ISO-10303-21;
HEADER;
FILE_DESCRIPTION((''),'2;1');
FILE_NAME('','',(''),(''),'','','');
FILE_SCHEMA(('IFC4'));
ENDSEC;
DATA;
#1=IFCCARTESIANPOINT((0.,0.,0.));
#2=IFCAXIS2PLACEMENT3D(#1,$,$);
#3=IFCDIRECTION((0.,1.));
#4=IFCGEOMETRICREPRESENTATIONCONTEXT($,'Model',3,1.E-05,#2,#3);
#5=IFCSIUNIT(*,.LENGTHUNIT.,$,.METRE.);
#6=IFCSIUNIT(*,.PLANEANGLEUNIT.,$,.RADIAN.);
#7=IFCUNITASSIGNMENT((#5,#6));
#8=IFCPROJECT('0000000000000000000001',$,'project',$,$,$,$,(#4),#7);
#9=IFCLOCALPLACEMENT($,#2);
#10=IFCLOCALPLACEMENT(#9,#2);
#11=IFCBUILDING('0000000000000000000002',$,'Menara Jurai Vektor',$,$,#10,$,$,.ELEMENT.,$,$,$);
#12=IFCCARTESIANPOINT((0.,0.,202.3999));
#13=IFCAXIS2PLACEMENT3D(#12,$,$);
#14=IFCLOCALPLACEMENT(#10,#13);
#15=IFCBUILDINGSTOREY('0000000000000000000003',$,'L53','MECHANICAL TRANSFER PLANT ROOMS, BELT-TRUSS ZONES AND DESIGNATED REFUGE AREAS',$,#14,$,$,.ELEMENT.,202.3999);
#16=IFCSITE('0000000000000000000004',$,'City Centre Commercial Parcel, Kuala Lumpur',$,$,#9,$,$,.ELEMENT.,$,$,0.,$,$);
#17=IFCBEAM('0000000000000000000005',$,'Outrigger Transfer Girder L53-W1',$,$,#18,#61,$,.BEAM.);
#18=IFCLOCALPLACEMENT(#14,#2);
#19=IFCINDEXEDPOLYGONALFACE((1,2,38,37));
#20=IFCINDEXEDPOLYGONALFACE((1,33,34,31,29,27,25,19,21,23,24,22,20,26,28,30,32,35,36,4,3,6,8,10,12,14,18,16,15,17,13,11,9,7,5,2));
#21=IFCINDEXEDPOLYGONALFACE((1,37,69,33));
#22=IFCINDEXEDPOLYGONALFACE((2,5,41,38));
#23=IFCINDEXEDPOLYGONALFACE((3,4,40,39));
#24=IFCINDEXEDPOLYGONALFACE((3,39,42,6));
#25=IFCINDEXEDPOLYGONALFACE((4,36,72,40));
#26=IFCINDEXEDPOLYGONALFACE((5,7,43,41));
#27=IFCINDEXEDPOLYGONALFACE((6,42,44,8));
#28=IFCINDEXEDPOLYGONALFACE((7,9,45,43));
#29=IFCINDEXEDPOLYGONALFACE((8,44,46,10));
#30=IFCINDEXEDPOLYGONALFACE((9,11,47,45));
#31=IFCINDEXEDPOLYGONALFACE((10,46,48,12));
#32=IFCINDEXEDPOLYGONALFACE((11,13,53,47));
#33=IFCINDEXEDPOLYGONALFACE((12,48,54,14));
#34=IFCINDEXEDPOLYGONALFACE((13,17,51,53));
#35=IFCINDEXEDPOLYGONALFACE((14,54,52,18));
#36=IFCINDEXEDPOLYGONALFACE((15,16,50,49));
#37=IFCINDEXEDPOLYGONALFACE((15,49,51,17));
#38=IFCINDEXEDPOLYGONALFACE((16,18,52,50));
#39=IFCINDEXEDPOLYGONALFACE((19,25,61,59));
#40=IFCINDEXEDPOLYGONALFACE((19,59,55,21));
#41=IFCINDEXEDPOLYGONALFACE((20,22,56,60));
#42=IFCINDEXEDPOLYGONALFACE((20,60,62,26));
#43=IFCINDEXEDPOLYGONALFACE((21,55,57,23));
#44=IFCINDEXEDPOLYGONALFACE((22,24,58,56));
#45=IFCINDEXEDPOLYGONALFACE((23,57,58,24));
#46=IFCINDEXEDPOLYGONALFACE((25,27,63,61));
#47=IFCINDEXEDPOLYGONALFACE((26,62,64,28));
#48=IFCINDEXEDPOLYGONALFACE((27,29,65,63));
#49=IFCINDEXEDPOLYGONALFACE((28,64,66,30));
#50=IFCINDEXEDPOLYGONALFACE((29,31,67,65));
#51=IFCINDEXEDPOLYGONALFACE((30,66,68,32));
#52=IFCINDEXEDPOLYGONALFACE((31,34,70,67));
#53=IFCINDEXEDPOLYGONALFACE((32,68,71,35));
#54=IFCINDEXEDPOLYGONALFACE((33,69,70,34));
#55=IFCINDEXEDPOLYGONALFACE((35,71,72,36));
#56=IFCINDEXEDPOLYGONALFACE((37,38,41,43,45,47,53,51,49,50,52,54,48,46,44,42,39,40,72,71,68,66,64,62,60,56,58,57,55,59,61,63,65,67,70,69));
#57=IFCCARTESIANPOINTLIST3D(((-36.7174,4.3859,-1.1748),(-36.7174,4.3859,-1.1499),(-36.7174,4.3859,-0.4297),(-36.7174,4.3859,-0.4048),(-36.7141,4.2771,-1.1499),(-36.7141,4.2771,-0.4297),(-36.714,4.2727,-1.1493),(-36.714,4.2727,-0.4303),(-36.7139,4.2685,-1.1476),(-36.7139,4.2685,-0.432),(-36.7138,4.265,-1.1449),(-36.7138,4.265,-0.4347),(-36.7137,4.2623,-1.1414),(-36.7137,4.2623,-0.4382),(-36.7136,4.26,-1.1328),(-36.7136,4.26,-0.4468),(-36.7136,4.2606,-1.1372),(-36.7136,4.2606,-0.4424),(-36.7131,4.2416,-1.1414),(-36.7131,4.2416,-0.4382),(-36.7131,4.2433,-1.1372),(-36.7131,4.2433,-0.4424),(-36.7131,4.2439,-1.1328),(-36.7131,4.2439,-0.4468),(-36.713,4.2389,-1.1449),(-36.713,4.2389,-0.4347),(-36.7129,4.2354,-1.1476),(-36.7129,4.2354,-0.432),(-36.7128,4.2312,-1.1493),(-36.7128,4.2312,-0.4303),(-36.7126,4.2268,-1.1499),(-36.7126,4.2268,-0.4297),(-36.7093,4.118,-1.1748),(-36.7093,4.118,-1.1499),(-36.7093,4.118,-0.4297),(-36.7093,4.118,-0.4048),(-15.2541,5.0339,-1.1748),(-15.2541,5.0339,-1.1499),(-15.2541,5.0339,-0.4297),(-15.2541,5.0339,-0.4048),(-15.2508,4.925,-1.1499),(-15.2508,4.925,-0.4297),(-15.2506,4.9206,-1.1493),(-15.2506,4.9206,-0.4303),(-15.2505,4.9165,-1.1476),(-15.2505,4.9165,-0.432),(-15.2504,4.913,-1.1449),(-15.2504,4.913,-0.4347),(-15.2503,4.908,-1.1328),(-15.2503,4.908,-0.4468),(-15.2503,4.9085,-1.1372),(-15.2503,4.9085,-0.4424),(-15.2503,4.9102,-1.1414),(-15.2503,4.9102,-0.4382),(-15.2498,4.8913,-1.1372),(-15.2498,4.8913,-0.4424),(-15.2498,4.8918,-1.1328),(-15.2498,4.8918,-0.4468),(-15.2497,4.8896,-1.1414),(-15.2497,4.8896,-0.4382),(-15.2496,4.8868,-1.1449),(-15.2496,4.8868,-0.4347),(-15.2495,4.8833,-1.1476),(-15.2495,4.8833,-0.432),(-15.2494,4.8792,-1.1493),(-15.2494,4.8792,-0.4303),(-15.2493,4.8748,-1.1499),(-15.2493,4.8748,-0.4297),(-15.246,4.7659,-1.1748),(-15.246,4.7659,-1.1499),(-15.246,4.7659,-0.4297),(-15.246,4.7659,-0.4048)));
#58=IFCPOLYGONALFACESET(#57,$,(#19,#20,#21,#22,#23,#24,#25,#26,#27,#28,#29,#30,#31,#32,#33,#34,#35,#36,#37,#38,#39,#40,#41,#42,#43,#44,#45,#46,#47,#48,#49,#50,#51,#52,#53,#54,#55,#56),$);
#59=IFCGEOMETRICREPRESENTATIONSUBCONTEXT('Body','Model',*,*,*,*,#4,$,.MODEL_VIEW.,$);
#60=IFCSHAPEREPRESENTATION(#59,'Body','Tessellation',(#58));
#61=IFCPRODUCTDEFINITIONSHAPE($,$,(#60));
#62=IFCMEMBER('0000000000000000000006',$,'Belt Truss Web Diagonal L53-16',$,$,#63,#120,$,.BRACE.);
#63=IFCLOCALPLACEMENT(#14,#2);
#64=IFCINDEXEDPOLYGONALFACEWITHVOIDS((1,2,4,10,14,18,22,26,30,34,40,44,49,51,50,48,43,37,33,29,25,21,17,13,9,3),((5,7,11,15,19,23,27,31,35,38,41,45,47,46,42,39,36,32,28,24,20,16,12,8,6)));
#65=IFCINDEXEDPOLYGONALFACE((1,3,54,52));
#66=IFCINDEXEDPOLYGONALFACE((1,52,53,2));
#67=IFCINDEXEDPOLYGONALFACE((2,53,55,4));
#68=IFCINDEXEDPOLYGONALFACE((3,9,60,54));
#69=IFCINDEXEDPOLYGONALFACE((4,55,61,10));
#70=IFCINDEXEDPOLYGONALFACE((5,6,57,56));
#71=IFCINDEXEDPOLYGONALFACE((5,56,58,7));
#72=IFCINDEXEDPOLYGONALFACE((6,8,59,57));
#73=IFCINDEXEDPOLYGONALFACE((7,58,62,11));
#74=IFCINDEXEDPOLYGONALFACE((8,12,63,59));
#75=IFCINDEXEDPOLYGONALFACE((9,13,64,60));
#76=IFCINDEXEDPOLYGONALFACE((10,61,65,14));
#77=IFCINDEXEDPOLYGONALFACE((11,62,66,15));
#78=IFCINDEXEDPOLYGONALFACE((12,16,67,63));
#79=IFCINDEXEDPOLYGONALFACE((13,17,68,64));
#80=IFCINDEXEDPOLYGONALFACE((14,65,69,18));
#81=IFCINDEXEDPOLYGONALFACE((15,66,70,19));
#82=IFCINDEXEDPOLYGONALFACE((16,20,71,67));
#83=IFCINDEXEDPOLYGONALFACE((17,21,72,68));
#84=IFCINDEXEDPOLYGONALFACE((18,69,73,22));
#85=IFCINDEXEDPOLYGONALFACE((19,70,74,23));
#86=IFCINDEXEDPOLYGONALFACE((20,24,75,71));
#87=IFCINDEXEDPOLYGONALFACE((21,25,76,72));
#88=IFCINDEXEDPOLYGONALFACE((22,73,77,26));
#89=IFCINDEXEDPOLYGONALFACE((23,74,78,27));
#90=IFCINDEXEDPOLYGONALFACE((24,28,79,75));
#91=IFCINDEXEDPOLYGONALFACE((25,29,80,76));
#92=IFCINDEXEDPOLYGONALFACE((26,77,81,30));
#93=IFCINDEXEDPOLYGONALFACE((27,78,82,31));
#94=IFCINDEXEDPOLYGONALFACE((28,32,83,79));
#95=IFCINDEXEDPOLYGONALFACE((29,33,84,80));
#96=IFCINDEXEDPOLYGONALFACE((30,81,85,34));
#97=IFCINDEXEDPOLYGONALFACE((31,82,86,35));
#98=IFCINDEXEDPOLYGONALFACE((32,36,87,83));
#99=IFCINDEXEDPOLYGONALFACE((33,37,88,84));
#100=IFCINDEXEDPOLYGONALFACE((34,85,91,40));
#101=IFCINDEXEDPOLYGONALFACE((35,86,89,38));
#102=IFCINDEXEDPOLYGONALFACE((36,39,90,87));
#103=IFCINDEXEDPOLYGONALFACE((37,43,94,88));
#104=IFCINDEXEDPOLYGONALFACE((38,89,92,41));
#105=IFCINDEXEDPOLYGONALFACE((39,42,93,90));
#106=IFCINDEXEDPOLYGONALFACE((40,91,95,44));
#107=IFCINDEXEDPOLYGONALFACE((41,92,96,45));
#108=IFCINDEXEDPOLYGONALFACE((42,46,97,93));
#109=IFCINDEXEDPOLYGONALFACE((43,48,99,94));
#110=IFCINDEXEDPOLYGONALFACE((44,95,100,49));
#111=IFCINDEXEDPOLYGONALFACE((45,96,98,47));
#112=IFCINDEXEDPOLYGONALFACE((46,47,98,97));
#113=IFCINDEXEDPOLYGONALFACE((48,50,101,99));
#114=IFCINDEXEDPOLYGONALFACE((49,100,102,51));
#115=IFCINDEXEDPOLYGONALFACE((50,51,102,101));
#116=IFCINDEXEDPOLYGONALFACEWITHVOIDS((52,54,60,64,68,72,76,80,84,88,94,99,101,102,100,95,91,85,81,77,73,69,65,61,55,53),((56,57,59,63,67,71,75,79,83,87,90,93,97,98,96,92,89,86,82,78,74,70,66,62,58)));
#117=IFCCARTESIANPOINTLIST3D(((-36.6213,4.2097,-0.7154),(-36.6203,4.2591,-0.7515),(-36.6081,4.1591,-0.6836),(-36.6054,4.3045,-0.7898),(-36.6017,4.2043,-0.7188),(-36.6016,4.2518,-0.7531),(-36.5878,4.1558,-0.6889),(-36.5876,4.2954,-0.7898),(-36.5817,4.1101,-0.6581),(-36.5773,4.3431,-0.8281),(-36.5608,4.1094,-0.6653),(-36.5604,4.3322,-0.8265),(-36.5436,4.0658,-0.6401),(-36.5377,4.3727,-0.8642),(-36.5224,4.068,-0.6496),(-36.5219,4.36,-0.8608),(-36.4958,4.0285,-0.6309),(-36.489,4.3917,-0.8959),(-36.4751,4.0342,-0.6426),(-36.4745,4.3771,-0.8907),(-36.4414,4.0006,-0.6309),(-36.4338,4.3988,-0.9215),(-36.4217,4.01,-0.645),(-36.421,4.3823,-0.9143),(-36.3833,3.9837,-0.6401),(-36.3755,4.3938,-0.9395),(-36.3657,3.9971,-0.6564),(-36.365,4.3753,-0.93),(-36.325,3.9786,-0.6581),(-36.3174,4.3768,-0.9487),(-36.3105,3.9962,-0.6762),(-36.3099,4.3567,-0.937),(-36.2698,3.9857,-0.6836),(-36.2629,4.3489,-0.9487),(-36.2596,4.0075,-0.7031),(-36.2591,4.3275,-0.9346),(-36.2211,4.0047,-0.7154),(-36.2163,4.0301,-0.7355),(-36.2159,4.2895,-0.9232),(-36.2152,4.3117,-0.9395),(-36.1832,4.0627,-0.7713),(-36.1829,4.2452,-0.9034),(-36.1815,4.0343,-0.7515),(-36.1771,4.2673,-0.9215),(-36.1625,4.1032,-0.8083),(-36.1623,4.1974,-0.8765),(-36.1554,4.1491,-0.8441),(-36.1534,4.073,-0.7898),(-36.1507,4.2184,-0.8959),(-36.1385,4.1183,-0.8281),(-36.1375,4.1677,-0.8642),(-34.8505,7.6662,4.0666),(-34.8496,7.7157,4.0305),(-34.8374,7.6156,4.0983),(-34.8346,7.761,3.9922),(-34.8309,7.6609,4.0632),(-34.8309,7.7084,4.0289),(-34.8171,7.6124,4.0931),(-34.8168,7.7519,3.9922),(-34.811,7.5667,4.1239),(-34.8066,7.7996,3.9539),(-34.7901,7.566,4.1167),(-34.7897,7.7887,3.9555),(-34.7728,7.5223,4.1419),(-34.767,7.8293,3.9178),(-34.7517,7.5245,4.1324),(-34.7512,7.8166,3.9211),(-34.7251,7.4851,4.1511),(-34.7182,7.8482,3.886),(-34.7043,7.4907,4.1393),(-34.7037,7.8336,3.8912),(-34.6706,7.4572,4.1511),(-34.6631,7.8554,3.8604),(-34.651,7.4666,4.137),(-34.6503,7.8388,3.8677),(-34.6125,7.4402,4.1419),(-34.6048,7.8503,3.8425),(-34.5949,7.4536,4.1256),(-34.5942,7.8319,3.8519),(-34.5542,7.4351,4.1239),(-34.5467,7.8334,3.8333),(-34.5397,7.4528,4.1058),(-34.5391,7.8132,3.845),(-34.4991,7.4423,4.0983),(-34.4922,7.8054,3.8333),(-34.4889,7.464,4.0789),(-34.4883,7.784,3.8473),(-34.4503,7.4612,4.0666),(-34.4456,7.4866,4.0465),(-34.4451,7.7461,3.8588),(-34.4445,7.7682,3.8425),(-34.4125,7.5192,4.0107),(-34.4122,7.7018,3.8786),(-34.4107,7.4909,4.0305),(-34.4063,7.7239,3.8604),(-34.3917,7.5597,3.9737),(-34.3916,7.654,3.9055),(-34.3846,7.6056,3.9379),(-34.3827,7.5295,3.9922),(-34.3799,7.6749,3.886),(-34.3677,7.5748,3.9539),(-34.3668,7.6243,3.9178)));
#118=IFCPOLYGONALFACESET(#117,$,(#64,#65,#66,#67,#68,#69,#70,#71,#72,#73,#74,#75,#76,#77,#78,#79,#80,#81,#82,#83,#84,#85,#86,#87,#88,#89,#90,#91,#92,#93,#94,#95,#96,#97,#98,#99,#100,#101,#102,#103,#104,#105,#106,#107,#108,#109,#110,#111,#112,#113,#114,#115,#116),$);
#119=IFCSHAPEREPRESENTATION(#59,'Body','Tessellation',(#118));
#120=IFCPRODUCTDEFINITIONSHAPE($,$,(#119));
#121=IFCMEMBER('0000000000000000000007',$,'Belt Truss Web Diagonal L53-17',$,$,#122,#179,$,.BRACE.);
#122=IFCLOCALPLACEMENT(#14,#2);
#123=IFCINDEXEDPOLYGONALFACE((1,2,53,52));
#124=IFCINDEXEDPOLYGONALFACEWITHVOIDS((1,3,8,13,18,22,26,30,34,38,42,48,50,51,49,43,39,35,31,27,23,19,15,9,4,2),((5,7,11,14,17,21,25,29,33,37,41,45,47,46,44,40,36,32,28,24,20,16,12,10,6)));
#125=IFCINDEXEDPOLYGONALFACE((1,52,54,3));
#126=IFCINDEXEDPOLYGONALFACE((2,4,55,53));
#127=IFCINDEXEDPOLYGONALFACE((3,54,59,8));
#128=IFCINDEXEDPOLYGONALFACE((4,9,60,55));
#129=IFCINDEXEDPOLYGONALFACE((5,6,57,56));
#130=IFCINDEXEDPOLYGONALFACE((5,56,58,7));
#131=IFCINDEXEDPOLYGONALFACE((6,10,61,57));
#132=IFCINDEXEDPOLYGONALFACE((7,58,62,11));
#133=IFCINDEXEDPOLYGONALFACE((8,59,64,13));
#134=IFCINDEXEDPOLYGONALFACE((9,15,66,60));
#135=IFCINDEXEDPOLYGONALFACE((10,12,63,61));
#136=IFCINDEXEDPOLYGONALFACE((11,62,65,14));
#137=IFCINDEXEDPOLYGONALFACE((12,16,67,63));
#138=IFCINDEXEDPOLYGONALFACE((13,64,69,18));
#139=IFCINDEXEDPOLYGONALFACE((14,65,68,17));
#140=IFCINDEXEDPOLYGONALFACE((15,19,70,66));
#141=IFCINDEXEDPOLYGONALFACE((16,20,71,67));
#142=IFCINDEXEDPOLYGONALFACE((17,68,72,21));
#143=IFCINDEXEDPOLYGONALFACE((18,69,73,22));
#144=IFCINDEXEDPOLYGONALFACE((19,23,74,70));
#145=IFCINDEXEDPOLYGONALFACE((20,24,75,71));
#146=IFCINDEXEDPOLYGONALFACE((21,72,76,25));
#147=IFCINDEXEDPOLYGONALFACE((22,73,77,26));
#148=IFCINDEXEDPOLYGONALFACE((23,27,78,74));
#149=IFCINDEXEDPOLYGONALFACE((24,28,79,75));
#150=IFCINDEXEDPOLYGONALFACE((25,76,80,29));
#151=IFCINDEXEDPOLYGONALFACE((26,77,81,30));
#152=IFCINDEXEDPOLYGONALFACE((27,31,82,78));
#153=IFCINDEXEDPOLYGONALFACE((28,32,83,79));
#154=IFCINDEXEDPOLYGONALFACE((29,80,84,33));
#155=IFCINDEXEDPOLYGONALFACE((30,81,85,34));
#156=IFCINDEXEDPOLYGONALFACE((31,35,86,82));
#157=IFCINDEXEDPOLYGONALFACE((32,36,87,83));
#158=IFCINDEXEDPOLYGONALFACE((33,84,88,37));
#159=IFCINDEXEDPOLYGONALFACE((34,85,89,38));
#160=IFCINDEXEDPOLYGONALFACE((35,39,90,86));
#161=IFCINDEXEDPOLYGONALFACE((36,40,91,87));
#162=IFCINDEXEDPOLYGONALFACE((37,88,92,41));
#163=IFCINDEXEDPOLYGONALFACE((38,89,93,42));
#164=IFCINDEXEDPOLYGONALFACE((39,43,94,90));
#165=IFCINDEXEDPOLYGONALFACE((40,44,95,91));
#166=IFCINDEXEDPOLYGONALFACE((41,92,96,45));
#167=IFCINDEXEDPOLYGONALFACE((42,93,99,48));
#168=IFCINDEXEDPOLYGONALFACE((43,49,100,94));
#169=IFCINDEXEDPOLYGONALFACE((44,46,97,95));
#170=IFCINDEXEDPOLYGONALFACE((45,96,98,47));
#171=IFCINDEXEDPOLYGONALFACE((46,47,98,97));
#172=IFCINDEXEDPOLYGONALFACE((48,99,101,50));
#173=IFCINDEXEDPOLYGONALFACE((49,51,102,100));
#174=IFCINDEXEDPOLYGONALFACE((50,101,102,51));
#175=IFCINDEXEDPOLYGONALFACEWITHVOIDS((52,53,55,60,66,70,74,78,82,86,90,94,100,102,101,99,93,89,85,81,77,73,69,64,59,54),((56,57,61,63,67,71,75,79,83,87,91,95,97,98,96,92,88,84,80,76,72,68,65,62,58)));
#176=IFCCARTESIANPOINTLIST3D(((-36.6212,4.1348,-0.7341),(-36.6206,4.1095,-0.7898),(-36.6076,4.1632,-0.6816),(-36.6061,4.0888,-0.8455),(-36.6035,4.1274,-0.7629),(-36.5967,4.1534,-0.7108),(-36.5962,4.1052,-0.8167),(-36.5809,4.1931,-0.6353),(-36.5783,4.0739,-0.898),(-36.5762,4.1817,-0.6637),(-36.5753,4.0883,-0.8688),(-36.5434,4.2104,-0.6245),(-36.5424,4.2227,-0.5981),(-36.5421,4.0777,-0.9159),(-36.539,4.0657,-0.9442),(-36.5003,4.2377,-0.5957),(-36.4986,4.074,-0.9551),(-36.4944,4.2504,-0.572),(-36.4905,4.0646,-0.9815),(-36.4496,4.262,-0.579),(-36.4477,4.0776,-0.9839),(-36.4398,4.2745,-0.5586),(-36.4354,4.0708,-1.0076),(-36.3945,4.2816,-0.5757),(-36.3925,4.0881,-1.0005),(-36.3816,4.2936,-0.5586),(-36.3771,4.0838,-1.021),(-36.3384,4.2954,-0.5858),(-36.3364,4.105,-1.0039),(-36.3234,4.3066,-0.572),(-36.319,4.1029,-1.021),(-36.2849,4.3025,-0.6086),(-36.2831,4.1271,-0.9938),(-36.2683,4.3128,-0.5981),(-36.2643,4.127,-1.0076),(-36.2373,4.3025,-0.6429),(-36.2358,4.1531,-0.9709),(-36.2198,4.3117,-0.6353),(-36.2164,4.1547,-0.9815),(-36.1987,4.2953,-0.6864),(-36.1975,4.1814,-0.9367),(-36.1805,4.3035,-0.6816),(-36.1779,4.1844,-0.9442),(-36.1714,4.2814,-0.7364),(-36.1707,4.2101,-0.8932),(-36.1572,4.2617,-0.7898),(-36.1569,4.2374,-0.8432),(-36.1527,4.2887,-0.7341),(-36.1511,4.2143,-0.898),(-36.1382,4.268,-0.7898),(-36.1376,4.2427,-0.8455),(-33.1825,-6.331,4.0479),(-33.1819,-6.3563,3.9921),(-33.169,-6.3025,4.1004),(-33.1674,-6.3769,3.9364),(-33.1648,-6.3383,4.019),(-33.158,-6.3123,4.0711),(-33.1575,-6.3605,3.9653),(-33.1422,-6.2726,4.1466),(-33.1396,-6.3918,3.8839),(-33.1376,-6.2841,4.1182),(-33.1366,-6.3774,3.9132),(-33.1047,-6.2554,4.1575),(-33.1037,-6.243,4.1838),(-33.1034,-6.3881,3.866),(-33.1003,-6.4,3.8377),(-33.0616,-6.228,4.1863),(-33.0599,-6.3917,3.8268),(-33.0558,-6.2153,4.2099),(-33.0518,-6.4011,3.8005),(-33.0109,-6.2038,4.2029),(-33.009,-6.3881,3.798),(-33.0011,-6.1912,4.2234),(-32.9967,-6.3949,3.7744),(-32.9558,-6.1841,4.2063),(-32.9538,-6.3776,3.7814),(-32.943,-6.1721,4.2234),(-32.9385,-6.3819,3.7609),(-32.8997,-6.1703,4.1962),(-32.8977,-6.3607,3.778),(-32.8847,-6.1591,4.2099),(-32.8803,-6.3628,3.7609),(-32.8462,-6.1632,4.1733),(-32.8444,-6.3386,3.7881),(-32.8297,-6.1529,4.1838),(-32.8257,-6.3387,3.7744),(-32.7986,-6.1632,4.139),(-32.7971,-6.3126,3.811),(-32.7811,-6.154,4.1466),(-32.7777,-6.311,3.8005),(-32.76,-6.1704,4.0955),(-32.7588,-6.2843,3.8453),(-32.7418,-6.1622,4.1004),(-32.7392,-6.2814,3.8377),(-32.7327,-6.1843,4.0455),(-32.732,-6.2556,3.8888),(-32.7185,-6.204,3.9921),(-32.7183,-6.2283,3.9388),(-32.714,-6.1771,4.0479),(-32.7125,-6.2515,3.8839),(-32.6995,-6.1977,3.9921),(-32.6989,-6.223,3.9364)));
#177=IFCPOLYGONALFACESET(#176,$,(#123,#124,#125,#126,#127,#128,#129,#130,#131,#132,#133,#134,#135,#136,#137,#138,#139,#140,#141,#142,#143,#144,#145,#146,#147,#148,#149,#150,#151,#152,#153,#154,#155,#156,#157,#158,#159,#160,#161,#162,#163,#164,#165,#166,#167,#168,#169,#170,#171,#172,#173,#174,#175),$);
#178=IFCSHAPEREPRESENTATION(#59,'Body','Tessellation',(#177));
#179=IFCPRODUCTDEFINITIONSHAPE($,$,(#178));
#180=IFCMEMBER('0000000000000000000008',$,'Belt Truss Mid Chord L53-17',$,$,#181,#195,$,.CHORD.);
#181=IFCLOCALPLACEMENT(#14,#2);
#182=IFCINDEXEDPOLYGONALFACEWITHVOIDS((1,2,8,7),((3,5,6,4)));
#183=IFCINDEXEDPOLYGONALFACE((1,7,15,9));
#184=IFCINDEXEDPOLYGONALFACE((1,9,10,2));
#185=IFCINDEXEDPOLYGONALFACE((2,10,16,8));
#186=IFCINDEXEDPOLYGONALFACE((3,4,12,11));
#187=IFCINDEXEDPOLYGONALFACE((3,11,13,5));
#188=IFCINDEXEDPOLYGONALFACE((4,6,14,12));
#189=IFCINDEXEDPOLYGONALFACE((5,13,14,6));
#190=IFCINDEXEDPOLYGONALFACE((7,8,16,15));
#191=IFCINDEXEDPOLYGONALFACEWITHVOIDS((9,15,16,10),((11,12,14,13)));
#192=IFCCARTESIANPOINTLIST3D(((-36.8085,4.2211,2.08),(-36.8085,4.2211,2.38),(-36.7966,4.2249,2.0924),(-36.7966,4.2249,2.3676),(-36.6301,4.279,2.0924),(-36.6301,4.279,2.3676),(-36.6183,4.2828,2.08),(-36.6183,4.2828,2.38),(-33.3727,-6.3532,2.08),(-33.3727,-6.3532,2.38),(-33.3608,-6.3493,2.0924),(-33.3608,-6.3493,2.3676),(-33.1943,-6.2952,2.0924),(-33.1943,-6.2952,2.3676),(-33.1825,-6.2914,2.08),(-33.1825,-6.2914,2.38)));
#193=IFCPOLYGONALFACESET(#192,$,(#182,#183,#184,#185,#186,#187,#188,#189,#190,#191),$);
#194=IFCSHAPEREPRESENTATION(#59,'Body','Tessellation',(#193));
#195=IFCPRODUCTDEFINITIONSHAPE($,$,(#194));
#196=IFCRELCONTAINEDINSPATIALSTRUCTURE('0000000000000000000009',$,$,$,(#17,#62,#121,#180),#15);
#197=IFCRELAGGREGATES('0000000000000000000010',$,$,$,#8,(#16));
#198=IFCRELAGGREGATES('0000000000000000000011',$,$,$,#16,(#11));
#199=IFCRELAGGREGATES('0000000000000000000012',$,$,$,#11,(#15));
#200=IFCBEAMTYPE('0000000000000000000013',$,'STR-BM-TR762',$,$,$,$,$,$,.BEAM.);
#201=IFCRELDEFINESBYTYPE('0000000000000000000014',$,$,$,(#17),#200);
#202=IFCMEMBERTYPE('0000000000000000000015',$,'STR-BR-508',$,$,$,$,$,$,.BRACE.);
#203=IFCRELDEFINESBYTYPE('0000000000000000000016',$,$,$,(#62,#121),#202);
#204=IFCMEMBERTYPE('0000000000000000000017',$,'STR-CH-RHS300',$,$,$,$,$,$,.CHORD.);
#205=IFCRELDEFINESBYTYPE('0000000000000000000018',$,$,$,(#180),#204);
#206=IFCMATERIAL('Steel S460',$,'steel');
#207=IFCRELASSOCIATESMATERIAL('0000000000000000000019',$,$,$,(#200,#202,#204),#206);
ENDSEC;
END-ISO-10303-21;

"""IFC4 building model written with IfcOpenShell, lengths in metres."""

from ifc_helpers import new_model, si_unit, direction, frame, origin, origin_2d, place, context, subcontext, project, spatial, hollow_rectangle, hollow_circle, i_section, extrude, material, material_profile, profile_set, type_object, element, save


model = new_model("IFC4")

# Units and contexts
model_context = context("Model", 3, precision=1e-05, world=origin(), true_north=direction((0.0, 1.0)))
body_context = subcontext(model_context, "Body", "Model", "MODEL_VIEW")
ifc_project = project(units=[si_unit("LENGTHUNIT", "METRE"), si_unit("PLANEANGLEUNIT", "RADIAN")], contexts=[model_context])

# Site, building, storey
site_placement = place(None, origin())
site = spatial("IfcSite", under=ifc_project, at=site_placement, Name="City Centre Commercial Parcel, Kuala Lumpur", CompositionType="ELEMENT", RefElevation=0.0)
building_placement = place(site_placement, origin())
building = spatial("IfcBuilding", under=site, at=building_placement, Name="Menara Jurai Vektor", CompositionType="ELEMENT")
storey_placement = place(building_placement, frame((0.0, 0.0, 202.3999)))
storey = spatial("IfcBuildingStorey", under=building, at=storey_placement, Name="L53", Description="MECHANICAL TRANSFER PLANT ROOMS, BELT-TRUSS ZONES AND DESIGNATED REFUGE AREAS", CompositionType="ELEMENT", Elevation=202.3999)

# Shared definitions
ifc_material_1 = material(Name="Steel S460", Category="steel")

# Beam
ifc_material_profile_1 = material_profile(ifc_material_1, i_section(OverallWidth=0.2681, OverallDepth=0.77, WebThickness=0.0161, FlangeThickness=0.0249, FilletRadius=0.0171, at=origin_2d()), Name="UKB 762x267x197")
ifc_profile_set_1 = profile_set([ifc_material_profile_1], Name="Steel S460")
beam_type_1 = type_object("IfcBeamType", Name="STR-BM-TR762", PredefinedType="BEAM", material=ifc_profile_set_1)
beam_1_placement = place(storey_placement, frame((-36.7134, 4.252, -0.7898), z_axis=(0.999545, 0.030175, 0.0), x_axis=(-0.030175, 0.999545, 0.0)))
element("IfcBeam", 1, at=beam_1_placement, inside=storey, type_object=beam_type_1, Name="Outrigger Transfer Girder L53-W1", PredefinedType="BEAM", context=body_context, shape_type="SweptSolid", body=[
    extrude(i_section(OverallWidth=0.2681, OverallDepth=0.77, WebThickness=0.0161, FlangeThickness=0.0249, FilletRadius=0.0171, at=origin_2d()), origin(), (0.0, 0.0, 1.0), 21.4731),
])

# Members
ifc_material_profile_2 = material_profile(ifc_material_1, hollow_circle(Radius=0.2539, WallThickness=0.02, at=origin_2d()), Name="CHS 508x20")
ifc_profile_set_2 = profile_set([ifc_material_profile_2], Name="Steel S460")
member_type_1 = type_object("IfcMemberType", Name="STR-BR-508", PredefinedType="BRACE", material=ifc_profile_set_2)
member_1_placement = place(storey_placement, frame((-36.3794, 4.1887, -0.7898), z_axis=(0.287441, 0.56109, 0.776245), x_axis=(-0.890009, 0.455943, 0.0)))
element("IfcMember", 2, at=member_1_placement, inside=storey, type_object=member_type_1, Name="Belt Truss Web Diagonal L53-16", PredefinedType="BRACE", context=body_context, shape_type="SweptSolid", body=[
    extrude(hollow_circle(Radius=0.2539, WallThickness=0.02, at=origin_2d()), origin(), (0.0, 0.0, 1.0), 6.1604),
])
member_2_placement = place(storey_placement, frame((-36.3794, 4.1887, -0.7898), z_axis=(0.286336, -0.871469, 0.398187), x_axis=(0.950033, 0.312149, 0.0)))
element("IfcMember", 3, at=member_2_placement, inside=storey, type_object=member_type_1, Name="Belt Truss Web Diagonal L53-17", PredefinedType="BRACE", context=body_context, shape_type="SweptSolid", body=[
    extrude(hollow_circle(Radius=0.2539, WallThickness=0.02, at=origin_2d()), origin(), (0.0, 0.0, 1.0), 12.0093),
])
ifc_material_profile_3 = material_profile(ifc_material_1, hollow_rectangle(XDim=0.2, YDim=0.3, WallThickness=0.0125, at=origin_2d()), Name="RHS 300x200x12.5")
ifc_profile_set_3 = profile_set([ifc_material_profile_3], Name="Steel S460")
member_type_2 = type_object("IfcMemberType", Name="STR-CH-RHS300", PredefinedType="CHORD", material=ifc_profile_set_3)
member_3_placement = place(storey_placement, frame((-36.7134, 4.252, 2.23), z_axis=(0.309019, -0.951056, 0.0), x_axis=(0.951056, 0.309019, 0.0)))
element("IfcMember", 4, at=member_3_placement, inside=storey, type_object=member_type_2, Name="Belt Truss Mid Chord L53-17", PredefinedType="CHORD", context=body_context, shape_type="SweptSolid", body=[
    extrude(hollow_rectangle(XDim=0.2, YDim=0.3, WallThickness=0.0125, at=origin_2d()), origin(), (0.0, 0.0, 1.0), 11.1184),
])

save(model, "model.ifc")
